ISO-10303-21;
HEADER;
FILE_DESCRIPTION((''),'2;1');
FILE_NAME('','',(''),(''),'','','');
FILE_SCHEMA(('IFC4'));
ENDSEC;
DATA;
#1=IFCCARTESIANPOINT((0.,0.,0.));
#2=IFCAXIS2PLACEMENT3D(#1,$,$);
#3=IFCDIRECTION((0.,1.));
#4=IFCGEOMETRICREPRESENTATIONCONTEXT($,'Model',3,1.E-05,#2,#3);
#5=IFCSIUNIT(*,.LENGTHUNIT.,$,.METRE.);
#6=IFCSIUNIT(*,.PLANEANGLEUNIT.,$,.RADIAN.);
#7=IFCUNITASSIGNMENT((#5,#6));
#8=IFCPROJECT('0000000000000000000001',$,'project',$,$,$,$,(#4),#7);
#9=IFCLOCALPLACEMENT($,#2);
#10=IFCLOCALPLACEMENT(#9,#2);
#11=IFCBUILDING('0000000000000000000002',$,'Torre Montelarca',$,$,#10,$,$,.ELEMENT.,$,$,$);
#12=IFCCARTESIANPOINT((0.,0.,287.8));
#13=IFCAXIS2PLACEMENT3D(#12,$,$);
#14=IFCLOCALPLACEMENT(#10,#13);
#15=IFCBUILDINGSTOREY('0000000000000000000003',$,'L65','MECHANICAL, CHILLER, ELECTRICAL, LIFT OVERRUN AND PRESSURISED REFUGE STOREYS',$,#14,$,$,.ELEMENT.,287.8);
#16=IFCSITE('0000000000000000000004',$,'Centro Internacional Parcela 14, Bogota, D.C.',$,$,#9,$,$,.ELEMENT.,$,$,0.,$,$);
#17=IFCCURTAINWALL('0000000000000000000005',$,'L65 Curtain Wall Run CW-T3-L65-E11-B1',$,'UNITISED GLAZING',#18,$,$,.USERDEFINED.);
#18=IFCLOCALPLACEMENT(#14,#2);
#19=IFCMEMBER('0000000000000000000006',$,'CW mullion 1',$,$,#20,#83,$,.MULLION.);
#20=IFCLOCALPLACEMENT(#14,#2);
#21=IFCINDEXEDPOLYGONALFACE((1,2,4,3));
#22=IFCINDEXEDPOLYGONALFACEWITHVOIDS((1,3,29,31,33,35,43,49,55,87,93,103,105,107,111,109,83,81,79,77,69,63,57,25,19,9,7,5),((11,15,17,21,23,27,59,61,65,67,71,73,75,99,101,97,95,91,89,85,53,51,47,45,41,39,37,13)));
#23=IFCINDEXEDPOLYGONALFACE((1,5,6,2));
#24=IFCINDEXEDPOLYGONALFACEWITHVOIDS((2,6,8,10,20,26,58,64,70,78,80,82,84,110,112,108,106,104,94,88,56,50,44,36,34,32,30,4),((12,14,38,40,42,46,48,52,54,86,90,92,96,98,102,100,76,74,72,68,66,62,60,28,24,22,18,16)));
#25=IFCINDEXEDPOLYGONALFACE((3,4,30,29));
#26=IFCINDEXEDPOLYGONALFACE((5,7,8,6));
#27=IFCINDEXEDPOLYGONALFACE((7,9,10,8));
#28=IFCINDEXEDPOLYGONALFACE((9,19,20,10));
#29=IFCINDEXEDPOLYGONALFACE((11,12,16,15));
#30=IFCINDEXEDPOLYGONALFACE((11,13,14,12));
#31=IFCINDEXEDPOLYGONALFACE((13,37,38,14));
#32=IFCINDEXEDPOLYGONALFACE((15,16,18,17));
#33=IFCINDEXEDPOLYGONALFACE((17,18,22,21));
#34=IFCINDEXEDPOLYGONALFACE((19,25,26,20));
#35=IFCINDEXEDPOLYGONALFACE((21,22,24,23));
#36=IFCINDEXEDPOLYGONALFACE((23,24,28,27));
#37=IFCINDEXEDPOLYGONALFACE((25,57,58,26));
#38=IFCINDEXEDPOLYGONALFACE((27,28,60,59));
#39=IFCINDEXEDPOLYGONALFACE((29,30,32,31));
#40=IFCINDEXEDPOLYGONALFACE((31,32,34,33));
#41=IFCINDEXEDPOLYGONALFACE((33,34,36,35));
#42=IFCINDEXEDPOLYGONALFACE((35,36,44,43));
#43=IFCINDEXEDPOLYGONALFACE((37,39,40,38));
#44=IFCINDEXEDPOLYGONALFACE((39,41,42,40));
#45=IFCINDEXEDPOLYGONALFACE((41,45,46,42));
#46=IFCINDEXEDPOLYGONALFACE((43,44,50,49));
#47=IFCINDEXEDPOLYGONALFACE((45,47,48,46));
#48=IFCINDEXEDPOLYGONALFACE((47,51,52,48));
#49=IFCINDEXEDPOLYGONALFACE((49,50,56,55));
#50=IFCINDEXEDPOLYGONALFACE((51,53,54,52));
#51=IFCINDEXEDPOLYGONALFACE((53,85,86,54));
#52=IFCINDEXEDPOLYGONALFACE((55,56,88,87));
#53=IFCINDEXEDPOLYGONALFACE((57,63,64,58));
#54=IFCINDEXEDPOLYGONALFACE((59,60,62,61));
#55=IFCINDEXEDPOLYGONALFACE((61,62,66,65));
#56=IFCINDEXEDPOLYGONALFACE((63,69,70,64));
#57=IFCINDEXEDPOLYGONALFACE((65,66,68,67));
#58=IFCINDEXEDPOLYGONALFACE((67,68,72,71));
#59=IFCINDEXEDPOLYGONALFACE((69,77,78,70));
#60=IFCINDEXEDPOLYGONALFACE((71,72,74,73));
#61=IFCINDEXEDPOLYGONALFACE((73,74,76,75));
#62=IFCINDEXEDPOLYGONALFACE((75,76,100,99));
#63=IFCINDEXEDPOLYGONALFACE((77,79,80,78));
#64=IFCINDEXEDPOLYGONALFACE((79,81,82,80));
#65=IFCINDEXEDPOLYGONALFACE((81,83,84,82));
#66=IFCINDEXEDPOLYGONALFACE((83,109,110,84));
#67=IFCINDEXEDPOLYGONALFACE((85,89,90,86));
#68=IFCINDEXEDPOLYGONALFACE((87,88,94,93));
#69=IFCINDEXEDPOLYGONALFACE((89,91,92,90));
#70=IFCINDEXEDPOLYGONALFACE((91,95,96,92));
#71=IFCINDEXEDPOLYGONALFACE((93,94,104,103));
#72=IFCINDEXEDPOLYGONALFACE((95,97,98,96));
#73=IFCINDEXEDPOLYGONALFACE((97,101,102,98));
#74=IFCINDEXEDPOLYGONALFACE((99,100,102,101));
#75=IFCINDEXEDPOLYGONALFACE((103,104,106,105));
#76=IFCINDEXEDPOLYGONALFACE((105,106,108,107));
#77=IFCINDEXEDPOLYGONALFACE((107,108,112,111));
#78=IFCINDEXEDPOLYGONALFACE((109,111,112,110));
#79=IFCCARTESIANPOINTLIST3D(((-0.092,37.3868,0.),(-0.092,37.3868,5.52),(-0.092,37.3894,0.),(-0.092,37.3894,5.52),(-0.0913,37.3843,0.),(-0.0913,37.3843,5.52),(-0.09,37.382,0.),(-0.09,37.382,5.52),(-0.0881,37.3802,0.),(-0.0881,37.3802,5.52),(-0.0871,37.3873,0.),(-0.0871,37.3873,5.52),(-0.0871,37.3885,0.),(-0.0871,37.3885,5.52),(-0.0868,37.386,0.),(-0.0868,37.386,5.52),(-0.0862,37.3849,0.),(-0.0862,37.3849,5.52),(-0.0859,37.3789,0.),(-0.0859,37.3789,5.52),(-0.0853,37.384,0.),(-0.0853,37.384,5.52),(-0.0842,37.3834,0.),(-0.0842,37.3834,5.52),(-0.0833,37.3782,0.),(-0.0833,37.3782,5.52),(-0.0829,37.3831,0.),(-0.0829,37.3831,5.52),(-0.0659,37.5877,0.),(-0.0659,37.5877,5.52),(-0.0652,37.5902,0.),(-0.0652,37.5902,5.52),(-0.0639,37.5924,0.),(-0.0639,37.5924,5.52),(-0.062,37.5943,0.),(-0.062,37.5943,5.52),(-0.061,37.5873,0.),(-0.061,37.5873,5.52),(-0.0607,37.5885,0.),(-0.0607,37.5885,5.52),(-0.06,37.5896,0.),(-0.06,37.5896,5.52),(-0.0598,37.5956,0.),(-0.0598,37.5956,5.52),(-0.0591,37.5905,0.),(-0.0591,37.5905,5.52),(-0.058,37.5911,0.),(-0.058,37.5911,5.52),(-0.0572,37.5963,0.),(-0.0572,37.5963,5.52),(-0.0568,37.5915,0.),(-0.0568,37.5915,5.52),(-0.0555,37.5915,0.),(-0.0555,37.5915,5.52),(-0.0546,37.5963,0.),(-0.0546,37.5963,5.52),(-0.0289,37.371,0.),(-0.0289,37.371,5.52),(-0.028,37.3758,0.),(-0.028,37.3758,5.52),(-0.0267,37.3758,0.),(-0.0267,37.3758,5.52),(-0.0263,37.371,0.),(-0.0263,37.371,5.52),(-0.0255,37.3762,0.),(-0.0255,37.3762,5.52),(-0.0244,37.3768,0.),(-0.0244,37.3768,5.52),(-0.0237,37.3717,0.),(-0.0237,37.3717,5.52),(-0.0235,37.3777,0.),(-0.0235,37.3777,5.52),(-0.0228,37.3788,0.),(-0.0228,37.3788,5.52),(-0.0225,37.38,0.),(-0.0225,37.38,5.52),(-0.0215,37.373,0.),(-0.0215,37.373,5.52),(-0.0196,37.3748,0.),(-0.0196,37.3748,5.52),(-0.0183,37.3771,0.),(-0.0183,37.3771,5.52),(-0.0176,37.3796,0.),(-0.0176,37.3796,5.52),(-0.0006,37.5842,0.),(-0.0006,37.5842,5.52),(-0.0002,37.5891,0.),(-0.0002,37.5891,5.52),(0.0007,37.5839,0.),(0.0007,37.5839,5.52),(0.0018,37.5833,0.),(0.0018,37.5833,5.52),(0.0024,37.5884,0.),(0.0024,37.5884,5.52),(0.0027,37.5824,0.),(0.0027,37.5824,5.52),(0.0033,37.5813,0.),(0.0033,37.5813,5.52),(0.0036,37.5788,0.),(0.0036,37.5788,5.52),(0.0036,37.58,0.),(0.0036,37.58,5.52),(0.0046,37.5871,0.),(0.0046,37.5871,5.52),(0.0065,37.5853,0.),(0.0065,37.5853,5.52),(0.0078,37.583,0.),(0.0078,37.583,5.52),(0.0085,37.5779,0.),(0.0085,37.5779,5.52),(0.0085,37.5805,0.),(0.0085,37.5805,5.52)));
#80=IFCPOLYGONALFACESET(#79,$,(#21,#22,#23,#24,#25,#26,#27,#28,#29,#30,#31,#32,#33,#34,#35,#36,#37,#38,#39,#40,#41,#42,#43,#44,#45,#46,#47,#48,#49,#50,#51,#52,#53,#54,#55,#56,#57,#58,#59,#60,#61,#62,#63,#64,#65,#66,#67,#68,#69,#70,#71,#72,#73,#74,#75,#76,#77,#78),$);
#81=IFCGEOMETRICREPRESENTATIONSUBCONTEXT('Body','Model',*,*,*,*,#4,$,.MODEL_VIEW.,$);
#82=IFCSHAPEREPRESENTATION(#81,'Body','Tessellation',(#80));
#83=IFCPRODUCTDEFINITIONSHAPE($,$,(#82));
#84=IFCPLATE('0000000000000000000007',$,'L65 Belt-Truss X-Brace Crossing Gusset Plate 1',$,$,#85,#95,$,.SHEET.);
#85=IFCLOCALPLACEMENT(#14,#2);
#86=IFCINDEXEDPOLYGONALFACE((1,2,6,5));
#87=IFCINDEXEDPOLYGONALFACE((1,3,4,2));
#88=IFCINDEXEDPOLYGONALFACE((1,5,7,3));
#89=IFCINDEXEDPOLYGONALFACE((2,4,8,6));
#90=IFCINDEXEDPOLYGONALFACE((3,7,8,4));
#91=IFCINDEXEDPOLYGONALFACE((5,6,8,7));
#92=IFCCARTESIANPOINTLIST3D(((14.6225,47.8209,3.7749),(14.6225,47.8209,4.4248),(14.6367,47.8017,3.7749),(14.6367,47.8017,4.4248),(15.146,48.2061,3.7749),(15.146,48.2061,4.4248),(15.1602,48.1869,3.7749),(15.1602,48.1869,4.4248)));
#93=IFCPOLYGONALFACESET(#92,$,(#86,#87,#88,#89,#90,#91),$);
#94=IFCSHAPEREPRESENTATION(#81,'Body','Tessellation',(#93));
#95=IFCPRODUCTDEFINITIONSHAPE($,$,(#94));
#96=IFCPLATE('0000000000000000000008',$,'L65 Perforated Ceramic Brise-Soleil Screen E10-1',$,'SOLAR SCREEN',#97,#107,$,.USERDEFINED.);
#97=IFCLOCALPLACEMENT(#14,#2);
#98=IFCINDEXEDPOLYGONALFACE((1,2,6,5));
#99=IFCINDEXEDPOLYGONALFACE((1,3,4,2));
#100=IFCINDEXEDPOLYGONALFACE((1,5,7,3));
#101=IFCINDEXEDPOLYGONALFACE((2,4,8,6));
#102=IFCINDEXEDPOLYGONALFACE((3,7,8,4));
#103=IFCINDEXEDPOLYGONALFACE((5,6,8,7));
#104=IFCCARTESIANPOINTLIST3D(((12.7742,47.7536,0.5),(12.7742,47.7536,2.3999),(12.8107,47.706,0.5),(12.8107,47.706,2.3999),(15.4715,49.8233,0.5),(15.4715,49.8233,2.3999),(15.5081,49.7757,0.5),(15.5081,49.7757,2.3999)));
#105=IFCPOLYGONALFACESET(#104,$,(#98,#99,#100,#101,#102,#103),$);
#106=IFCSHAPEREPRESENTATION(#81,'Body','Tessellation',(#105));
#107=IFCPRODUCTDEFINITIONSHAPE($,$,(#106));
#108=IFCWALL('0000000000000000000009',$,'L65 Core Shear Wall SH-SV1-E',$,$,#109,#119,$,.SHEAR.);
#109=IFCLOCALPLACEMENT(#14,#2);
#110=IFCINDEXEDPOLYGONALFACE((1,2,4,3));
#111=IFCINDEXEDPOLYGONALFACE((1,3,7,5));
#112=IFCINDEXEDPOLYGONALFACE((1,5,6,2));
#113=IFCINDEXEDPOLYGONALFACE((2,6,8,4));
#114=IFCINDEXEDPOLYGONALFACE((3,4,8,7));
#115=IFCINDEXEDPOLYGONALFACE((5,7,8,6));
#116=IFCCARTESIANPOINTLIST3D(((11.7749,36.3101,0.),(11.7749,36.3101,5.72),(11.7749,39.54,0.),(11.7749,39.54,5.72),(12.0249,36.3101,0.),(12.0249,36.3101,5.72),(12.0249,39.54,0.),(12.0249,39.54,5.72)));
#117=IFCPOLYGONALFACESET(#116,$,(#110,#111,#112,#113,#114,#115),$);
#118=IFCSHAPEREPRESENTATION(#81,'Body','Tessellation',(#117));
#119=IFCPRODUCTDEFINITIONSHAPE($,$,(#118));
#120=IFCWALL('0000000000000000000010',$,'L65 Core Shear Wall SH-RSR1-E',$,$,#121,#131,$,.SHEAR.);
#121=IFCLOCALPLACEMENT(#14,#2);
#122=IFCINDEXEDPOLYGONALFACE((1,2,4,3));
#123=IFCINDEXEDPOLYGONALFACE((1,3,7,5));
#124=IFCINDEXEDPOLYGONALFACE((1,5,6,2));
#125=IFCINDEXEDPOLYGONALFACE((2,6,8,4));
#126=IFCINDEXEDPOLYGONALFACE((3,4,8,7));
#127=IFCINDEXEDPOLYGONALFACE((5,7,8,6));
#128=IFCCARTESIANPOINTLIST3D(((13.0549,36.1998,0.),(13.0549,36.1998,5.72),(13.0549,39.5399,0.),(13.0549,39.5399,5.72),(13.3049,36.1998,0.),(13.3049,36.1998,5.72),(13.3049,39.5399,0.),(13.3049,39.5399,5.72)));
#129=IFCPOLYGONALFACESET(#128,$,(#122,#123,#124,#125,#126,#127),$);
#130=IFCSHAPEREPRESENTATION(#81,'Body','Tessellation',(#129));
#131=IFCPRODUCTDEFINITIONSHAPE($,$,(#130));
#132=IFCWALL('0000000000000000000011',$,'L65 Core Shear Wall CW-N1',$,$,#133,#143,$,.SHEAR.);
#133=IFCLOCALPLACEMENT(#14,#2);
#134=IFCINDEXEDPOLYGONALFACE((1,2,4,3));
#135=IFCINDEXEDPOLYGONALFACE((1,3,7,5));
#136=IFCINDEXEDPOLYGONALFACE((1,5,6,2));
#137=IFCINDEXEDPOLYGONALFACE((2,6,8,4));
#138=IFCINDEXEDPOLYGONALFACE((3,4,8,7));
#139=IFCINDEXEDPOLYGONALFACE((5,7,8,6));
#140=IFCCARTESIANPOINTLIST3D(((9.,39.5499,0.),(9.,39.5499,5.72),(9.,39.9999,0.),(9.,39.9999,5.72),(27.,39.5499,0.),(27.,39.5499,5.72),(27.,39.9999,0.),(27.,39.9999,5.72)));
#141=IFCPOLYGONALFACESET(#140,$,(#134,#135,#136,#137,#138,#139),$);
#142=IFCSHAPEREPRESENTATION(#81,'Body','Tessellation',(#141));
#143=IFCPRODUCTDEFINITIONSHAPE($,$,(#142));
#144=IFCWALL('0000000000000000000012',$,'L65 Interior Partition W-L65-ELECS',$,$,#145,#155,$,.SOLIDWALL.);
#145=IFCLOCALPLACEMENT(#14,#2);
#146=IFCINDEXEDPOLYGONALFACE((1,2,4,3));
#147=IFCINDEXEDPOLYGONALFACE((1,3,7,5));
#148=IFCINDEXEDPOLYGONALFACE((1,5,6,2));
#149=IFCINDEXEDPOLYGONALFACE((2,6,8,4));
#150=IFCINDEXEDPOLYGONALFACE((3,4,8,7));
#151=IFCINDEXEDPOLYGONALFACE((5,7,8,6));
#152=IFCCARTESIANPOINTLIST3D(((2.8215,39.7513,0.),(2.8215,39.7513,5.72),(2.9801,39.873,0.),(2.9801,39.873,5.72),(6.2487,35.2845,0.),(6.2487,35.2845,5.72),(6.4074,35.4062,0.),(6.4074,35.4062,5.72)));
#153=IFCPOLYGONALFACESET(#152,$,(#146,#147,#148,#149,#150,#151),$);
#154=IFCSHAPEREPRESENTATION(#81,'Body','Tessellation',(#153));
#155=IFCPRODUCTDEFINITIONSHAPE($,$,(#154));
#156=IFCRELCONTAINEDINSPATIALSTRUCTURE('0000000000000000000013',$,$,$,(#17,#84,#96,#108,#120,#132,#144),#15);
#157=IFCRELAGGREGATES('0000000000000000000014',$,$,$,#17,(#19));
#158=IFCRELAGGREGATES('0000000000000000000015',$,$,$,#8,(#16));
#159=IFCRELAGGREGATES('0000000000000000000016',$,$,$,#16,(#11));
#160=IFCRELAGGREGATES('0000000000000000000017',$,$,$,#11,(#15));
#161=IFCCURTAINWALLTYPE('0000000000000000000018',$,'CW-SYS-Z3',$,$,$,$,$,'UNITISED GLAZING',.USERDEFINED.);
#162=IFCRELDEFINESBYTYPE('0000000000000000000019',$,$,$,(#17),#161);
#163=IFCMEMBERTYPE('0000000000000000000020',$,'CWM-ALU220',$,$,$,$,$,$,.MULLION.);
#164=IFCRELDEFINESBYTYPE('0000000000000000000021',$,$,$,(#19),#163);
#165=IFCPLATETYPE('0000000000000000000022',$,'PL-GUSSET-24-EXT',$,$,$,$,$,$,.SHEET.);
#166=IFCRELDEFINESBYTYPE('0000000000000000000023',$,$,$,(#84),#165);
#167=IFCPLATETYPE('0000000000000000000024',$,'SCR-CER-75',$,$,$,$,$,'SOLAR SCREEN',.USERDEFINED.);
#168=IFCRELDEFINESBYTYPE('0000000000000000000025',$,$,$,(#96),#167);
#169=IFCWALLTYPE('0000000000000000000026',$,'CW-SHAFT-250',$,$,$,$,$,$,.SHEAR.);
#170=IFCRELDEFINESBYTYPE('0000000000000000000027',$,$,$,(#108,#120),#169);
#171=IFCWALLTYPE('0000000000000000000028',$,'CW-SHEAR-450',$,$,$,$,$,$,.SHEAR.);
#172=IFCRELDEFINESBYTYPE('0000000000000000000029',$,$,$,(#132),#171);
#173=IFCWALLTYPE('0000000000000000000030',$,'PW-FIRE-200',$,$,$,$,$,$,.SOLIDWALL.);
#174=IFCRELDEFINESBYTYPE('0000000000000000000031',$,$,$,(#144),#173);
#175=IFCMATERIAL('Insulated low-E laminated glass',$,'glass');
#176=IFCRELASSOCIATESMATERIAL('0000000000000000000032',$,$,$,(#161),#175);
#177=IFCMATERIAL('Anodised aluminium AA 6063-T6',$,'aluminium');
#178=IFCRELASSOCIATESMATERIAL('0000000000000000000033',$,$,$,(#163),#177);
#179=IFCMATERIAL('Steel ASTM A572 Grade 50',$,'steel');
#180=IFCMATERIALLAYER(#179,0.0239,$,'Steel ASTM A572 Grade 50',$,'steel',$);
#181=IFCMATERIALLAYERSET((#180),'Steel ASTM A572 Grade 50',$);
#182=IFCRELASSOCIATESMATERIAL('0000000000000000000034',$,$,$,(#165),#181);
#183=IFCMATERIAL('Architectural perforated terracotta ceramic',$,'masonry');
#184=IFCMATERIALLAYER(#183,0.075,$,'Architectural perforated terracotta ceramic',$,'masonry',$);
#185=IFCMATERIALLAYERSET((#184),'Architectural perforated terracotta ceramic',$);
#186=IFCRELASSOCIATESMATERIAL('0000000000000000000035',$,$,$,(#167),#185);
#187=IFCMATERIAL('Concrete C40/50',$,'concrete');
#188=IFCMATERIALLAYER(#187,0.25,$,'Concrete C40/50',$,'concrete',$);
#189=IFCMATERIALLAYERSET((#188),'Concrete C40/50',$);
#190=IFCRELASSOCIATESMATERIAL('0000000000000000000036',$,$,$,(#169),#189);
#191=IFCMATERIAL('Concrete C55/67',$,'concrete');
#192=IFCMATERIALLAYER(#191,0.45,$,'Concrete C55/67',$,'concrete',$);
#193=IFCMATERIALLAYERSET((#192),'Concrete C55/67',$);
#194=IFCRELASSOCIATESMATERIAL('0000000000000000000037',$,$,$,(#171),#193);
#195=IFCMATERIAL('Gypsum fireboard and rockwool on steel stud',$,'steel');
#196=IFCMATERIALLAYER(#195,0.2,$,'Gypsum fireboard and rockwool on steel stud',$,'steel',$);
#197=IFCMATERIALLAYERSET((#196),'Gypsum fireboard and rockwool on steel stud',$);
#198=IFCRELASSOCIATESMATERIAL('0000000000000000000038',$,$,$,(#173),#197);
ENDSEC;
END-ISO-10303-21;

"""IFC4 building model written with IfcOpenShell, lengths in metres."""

from ifc_helpers import new_model, si_unit, direction, frame, frame_2d, origin, origin_2d, place, context, subcontext, project, spatial, rectangle, hollow_rectangle, extrude, source, transform, mapped, material, layer, layer_set, material_profile, profile_set, type_object, element, aggregate, save


model = new_model("IFC4")

# Units and contexts
model_context = context("Model", 3, precision=1e-05, world=origin(), true_north=direction((0.0, 1.0)))
body_context = subcontext(model_context, "Body", "Model", "MODEL_VIEW")
ifc_project = project(units=[si_unit("LENGTHUNIT", "METRE"), si_unit("PLANEANGLEUNIT", "RADIAN")], contexts=[model_context])

# Site, building, storey
site_placement = place(None, origin())
site = spatial("IfcSite", under=ifc_project, at=site_placement, Name="Centro Internacional Parcela 14, Bogota, D.C.", CompositionType="ELEMENT", RefElevation=0.0)
building_placement = place(site_placement, origin())
building = spatial("IfcBuilding", under=site, at=building_placement, Name="Torre Montelarca", CompositionType="ELEMENT")
storey_placement = place(building_placement, frame((0.0, 0.0, 287.8)))
storey = spatial("IfcBuildingStorey", under=building, at=storey_placement, Name="L65", Description="MECHANICAL, CHILLER, ELECTRICAL, LIFT OVERRUN AND PRESSURISED REFUGE STOREYS", CompositionType="ELEMENT", Elevation=287.8)

# Shared definitions
ifc_material_1 = material(Name="Concrete C40/50", Category="concrete")
ifc_material_2 = material(Name="Concrete C55/67", Category="concrete")

# Curtain wall, member
ifc_material_3 = material(Name="Insulated low-E laminated glass", Category="glass")
curtain_wall_type = type_object("IfcCurtainWallType", Name="CW-SYS-Z3", ElementType="UNITISED GLAZING", PredefinedType="USERDEFINED", material=ifc_material_3)
curtain_wall_placement = place(storey_placement, origin())
curtain_wall = element("IfcCurtainWall", 1, at=curtain_wall_placement, inside=storey, type_object=curtain_wall_type, Name="L65 Curtain Wall Run CW-T3-L65-E11-B1", ObjectType="UNITISED GLAZING", PredefinedType="USERDEFINED")
ifc_material_4 = material(Name="Anodised aluminium AA 6063-T6", Category="aluminium")
ifc_material_profile_1 = material_profile(ifc_material_4, hollow_rectangle(XDim=0.075, YDim=0.22, WallThickness=0.0049, InnerFilletRadius=0.0049, OuterFilletRadius=0.01, at=origin_2d()), Name="ALU75X220X5", Category="aluminium")
ifc_profile_set_1 = profile_set([ifc_material_profile_1], Name="Anodised aluminium AA 6063-T6")
member_type_1 = type_object("IfcMemberType", Name="CWM-ALU220", PredefinedType="MULLION", material=ifc_profile_set_1)
shared_shape_1 = source(origin(), body_context, "Body", "SweptSolid", [
    extrude(hollow_rectangle(XDim=0.075, YDim=0.22, WallThickness=0.0049, InnerFilletRadius=0.0049, OuterFilletRadius=0.01, at=origin_2d()), origin(), (0.0, 0.0, 1.0), 5.52),
])
member_1_placement = place(storey_placement, frame((-0.0417, 37.4836, 0.0), z_axis=(0.0, 0.0, 1.0), x_axis=(0.991446, -0.130514, 0.0)))
member_1 = element("IfcMember", 2, at=member_1_placement, type_object=member_type_1, Name="CW mullion 1", PredefinedType="MULLION", context=body_context, shape_type="MappedRepresentation", body=[
    mapped(shared_shape_1, transform((0.0, 0.0, 0.0), scale=1.0)),
])
aggregate(curtain_wall, [member_1])

# Plates
ifc_material_5 = material(Name="Steel ASTM A572 Grade 50", Category="steel")
ifc_layer_1 = layer(ifc_material_5, 0.0239, Name="Steel ASTM A572 Grade 50", Category="steel")
ifc_layer_set_1 = layer_set([ifc_layer_1], Name="Steel ASTM A572 Grade 50")
plate_type_1 = type_object("IfcPlateType", Name="PL-GUSSET-24-EXT", PredefinedType="SHEET", material=ifc_layer_set_1)
shared_shape_2 = source(origin(), body_context, "Body", "SweptSolid", [
    extrude(rectangle(XDim=0.6499, YDim=0.0239, at=origin_2d()), origin(), (0.0, 0.0, 1.0), 0.6499),
])
plate_1_placement = place(storey_placement, frame((14.8914, 48.0039, 3.7749), z_axis=(0.0, 0.0, 1.0), x_axis=(0.805411, 0.592716, 0.0)))
element("IfcPlate", 3, at=plate_1_placement, inside=storey, type_object=plate_type_1, Name="L65 Belt-Truss X-Brace Crossing Gusset Plate 1", PredefinedType="SHEET", context=body_context, shape_type="MappedRepresentation", body=[
    mapped(shared_shape_2, transform((0.0, 0.0, 0.0), scale=1.0)),
])
ifc_material_6 = material(Name="Architectural perforated terracotta ceramic", Category="masonry")
ifc_layer_2 = layer(ifc_material_6, 0.075, Name="Architectural perforated terracotta ceramic", Category="masonry")
ifc_layer_set_2 = layer_set([ifc_layer_2], Name="Architectural perforated terracotta ceramic")
plate_type_2 = type_object("IfcPlateType", Name="SCR-CER-75", ElementType="SOLAR SCREEN", PredefinedType="USERDEFINED", material=ifc_layer_set_2)
shared_shape_3 = source(origin(), body_context, "Body", "SweptSolid", [
    extrude(rectangle(XDim=3.3999, YDim=0.0601, at=origin_2d()), origin(), (0.0, 0.0, 1.0), 1.8999),
])
plate_2_placement = place(storey_placement, frame((14.1411, 48.7646, 0.5), z_axis=(0.0, 0.0, 1.0), x_axis=(-0.793352, -0.608763, 0.0)))
element("IfcPlate", 4, at=plate_2_placement, inside=storey, type_object=plate_type_2, Name="L65 Perforated Ceramic Brise-Soleil Screen E10-1", ObjectType="SOLAR SCREEN", PredefinedType="USERDEFINED", context=body_context, shape_type="MappedRepresentation", body=[
    mapped(shared_shape_3, transform((0.0, 0.0, 0.0), scale=1.0)),
])

# Walls
ifc_layer_3 = layer(ifc_material_1, 0.25, Name="Concrete C40/50", Category="concrete")
ifc_layer_set_3 = layer_set([ifc_layer_3], Name="Concrete C40/50")
wall_type_1 = type_object("IfcWallType", Name="CW-SHAFT-250", PredefinedType="SHEAR", material=ifc_layer_set_3)
wall_1_placement = place(storey_placement, frame((11.8999, 36.3101, 0.0), z_axis=(0.0, 0.0, 1.0), x_axis=(0.0, 1.0, 0.0)))
element("IfcWall", 5, at=wall_1_placement, inside=storey, type_object=wall_type_1, Name="L65 Core Shear Wall SH-SV1-E", PredefinedType="SHEAR", context=body_context, shape_type="SweptSolid", body=[
    extrude(rectangle(XDim=3.23, YDim=0.25, at=frame_2d((1.615, 0.0))), origin(), (0.0, 0.0, 1.0), 5.72),
])
wall_2_placement = place(storey_placement, frame((13.1799, 36.2, 0.0), z_axis=(0.0, 0.0, 1.0), x_axis=(0.0, 1.0, 0.0)))
element("IfcWall", 6, at=wall_2_placement, inside=storey, type_object=wall_type_1, Name="L65 Core Shear Wall SH-RSR1-E", PredefinedType="SHEAR", context=body_context, shape_type="SweptSolid", body=[
    extrude(rectangle(XDim=3.3401, YDim=0.25, at=frame_2d((1.6699, 0.0))), origin(), (0.0, 0.0, 1.0), 5.72),
])
ifc_layer_4 = layer(ifc_material_2, 0.45, Name="Concrete C55/67", Category="concrete")
ifc_layer_set_4 = layer_set([ifc_layer_4], Name="Concrete C55/67")
wall_type_2 = type_object("IfcWallType", Name="CW-SHEAR-450", PredefinedType="SHEAR", material=ifc_layer_set_4)
wall_3_placement = place(storey_placement, frame((9.0, 39.7749, 0.0), z_axis=(0.0, 0.0, 1.0), x_axis=(1.0, 0.0, 0.0)))
element("IfcWall", 7, at=wall_3_placement, inside=storey, type_object=wall_type_2, Name="L65 Core Shear Wall CW-N1", PredefinedType="SHEAR", context=body_context, shape_type="SweptSolid", body=[
    extrude(rectangle(XDim=18.0, YDim=0.45, at=frame_2d((9.0, 0.0))), origin(), (0.0, 0.0, 1.0), 5.72),
])
ifc_material_7 = material(Name="Gypsum fireboard and rockwool on steel stud", Category="steel")
ifc_layer_5 = layer(ifc_material_7, 0.2, Name="Gypsum fireboard and rockwool on steel stud", Category="steel")
ifc_layer_set_5 = layer_set([ifc_layer_5], Name="Gypsum fireboard and rockwool on steel stud")
wall_type_3 = type_object("IfcWallType", Name="PW-FIRE-200", PredefinedType="SOLIDWALL", material=ifc_layer_set_5)
wall_4_placement = place(storey_placement, frame((2.9009, 39.812, 0.0), z_axis=(0.0, 0.0, 1.0), x_axis=(0.608734, -0.793375, 0.0)))
element("IfcWall", 8, at=wall_4_placement, inside=storey, type_object=wall_type_3, Name="L65 Interior Partition W-L65-ELECS", PredefinedType="SOLIDWALL", context=body_context, shape_type="SweptSolid", body=[
    extrude(rectangle(XDim=5.6301, YDim=0.2, at=frame_2d((2.8149, 0.0))), origin(), (0.0, 0.0, 1.0), 5.72),
])

save(model, "model.ifc")
